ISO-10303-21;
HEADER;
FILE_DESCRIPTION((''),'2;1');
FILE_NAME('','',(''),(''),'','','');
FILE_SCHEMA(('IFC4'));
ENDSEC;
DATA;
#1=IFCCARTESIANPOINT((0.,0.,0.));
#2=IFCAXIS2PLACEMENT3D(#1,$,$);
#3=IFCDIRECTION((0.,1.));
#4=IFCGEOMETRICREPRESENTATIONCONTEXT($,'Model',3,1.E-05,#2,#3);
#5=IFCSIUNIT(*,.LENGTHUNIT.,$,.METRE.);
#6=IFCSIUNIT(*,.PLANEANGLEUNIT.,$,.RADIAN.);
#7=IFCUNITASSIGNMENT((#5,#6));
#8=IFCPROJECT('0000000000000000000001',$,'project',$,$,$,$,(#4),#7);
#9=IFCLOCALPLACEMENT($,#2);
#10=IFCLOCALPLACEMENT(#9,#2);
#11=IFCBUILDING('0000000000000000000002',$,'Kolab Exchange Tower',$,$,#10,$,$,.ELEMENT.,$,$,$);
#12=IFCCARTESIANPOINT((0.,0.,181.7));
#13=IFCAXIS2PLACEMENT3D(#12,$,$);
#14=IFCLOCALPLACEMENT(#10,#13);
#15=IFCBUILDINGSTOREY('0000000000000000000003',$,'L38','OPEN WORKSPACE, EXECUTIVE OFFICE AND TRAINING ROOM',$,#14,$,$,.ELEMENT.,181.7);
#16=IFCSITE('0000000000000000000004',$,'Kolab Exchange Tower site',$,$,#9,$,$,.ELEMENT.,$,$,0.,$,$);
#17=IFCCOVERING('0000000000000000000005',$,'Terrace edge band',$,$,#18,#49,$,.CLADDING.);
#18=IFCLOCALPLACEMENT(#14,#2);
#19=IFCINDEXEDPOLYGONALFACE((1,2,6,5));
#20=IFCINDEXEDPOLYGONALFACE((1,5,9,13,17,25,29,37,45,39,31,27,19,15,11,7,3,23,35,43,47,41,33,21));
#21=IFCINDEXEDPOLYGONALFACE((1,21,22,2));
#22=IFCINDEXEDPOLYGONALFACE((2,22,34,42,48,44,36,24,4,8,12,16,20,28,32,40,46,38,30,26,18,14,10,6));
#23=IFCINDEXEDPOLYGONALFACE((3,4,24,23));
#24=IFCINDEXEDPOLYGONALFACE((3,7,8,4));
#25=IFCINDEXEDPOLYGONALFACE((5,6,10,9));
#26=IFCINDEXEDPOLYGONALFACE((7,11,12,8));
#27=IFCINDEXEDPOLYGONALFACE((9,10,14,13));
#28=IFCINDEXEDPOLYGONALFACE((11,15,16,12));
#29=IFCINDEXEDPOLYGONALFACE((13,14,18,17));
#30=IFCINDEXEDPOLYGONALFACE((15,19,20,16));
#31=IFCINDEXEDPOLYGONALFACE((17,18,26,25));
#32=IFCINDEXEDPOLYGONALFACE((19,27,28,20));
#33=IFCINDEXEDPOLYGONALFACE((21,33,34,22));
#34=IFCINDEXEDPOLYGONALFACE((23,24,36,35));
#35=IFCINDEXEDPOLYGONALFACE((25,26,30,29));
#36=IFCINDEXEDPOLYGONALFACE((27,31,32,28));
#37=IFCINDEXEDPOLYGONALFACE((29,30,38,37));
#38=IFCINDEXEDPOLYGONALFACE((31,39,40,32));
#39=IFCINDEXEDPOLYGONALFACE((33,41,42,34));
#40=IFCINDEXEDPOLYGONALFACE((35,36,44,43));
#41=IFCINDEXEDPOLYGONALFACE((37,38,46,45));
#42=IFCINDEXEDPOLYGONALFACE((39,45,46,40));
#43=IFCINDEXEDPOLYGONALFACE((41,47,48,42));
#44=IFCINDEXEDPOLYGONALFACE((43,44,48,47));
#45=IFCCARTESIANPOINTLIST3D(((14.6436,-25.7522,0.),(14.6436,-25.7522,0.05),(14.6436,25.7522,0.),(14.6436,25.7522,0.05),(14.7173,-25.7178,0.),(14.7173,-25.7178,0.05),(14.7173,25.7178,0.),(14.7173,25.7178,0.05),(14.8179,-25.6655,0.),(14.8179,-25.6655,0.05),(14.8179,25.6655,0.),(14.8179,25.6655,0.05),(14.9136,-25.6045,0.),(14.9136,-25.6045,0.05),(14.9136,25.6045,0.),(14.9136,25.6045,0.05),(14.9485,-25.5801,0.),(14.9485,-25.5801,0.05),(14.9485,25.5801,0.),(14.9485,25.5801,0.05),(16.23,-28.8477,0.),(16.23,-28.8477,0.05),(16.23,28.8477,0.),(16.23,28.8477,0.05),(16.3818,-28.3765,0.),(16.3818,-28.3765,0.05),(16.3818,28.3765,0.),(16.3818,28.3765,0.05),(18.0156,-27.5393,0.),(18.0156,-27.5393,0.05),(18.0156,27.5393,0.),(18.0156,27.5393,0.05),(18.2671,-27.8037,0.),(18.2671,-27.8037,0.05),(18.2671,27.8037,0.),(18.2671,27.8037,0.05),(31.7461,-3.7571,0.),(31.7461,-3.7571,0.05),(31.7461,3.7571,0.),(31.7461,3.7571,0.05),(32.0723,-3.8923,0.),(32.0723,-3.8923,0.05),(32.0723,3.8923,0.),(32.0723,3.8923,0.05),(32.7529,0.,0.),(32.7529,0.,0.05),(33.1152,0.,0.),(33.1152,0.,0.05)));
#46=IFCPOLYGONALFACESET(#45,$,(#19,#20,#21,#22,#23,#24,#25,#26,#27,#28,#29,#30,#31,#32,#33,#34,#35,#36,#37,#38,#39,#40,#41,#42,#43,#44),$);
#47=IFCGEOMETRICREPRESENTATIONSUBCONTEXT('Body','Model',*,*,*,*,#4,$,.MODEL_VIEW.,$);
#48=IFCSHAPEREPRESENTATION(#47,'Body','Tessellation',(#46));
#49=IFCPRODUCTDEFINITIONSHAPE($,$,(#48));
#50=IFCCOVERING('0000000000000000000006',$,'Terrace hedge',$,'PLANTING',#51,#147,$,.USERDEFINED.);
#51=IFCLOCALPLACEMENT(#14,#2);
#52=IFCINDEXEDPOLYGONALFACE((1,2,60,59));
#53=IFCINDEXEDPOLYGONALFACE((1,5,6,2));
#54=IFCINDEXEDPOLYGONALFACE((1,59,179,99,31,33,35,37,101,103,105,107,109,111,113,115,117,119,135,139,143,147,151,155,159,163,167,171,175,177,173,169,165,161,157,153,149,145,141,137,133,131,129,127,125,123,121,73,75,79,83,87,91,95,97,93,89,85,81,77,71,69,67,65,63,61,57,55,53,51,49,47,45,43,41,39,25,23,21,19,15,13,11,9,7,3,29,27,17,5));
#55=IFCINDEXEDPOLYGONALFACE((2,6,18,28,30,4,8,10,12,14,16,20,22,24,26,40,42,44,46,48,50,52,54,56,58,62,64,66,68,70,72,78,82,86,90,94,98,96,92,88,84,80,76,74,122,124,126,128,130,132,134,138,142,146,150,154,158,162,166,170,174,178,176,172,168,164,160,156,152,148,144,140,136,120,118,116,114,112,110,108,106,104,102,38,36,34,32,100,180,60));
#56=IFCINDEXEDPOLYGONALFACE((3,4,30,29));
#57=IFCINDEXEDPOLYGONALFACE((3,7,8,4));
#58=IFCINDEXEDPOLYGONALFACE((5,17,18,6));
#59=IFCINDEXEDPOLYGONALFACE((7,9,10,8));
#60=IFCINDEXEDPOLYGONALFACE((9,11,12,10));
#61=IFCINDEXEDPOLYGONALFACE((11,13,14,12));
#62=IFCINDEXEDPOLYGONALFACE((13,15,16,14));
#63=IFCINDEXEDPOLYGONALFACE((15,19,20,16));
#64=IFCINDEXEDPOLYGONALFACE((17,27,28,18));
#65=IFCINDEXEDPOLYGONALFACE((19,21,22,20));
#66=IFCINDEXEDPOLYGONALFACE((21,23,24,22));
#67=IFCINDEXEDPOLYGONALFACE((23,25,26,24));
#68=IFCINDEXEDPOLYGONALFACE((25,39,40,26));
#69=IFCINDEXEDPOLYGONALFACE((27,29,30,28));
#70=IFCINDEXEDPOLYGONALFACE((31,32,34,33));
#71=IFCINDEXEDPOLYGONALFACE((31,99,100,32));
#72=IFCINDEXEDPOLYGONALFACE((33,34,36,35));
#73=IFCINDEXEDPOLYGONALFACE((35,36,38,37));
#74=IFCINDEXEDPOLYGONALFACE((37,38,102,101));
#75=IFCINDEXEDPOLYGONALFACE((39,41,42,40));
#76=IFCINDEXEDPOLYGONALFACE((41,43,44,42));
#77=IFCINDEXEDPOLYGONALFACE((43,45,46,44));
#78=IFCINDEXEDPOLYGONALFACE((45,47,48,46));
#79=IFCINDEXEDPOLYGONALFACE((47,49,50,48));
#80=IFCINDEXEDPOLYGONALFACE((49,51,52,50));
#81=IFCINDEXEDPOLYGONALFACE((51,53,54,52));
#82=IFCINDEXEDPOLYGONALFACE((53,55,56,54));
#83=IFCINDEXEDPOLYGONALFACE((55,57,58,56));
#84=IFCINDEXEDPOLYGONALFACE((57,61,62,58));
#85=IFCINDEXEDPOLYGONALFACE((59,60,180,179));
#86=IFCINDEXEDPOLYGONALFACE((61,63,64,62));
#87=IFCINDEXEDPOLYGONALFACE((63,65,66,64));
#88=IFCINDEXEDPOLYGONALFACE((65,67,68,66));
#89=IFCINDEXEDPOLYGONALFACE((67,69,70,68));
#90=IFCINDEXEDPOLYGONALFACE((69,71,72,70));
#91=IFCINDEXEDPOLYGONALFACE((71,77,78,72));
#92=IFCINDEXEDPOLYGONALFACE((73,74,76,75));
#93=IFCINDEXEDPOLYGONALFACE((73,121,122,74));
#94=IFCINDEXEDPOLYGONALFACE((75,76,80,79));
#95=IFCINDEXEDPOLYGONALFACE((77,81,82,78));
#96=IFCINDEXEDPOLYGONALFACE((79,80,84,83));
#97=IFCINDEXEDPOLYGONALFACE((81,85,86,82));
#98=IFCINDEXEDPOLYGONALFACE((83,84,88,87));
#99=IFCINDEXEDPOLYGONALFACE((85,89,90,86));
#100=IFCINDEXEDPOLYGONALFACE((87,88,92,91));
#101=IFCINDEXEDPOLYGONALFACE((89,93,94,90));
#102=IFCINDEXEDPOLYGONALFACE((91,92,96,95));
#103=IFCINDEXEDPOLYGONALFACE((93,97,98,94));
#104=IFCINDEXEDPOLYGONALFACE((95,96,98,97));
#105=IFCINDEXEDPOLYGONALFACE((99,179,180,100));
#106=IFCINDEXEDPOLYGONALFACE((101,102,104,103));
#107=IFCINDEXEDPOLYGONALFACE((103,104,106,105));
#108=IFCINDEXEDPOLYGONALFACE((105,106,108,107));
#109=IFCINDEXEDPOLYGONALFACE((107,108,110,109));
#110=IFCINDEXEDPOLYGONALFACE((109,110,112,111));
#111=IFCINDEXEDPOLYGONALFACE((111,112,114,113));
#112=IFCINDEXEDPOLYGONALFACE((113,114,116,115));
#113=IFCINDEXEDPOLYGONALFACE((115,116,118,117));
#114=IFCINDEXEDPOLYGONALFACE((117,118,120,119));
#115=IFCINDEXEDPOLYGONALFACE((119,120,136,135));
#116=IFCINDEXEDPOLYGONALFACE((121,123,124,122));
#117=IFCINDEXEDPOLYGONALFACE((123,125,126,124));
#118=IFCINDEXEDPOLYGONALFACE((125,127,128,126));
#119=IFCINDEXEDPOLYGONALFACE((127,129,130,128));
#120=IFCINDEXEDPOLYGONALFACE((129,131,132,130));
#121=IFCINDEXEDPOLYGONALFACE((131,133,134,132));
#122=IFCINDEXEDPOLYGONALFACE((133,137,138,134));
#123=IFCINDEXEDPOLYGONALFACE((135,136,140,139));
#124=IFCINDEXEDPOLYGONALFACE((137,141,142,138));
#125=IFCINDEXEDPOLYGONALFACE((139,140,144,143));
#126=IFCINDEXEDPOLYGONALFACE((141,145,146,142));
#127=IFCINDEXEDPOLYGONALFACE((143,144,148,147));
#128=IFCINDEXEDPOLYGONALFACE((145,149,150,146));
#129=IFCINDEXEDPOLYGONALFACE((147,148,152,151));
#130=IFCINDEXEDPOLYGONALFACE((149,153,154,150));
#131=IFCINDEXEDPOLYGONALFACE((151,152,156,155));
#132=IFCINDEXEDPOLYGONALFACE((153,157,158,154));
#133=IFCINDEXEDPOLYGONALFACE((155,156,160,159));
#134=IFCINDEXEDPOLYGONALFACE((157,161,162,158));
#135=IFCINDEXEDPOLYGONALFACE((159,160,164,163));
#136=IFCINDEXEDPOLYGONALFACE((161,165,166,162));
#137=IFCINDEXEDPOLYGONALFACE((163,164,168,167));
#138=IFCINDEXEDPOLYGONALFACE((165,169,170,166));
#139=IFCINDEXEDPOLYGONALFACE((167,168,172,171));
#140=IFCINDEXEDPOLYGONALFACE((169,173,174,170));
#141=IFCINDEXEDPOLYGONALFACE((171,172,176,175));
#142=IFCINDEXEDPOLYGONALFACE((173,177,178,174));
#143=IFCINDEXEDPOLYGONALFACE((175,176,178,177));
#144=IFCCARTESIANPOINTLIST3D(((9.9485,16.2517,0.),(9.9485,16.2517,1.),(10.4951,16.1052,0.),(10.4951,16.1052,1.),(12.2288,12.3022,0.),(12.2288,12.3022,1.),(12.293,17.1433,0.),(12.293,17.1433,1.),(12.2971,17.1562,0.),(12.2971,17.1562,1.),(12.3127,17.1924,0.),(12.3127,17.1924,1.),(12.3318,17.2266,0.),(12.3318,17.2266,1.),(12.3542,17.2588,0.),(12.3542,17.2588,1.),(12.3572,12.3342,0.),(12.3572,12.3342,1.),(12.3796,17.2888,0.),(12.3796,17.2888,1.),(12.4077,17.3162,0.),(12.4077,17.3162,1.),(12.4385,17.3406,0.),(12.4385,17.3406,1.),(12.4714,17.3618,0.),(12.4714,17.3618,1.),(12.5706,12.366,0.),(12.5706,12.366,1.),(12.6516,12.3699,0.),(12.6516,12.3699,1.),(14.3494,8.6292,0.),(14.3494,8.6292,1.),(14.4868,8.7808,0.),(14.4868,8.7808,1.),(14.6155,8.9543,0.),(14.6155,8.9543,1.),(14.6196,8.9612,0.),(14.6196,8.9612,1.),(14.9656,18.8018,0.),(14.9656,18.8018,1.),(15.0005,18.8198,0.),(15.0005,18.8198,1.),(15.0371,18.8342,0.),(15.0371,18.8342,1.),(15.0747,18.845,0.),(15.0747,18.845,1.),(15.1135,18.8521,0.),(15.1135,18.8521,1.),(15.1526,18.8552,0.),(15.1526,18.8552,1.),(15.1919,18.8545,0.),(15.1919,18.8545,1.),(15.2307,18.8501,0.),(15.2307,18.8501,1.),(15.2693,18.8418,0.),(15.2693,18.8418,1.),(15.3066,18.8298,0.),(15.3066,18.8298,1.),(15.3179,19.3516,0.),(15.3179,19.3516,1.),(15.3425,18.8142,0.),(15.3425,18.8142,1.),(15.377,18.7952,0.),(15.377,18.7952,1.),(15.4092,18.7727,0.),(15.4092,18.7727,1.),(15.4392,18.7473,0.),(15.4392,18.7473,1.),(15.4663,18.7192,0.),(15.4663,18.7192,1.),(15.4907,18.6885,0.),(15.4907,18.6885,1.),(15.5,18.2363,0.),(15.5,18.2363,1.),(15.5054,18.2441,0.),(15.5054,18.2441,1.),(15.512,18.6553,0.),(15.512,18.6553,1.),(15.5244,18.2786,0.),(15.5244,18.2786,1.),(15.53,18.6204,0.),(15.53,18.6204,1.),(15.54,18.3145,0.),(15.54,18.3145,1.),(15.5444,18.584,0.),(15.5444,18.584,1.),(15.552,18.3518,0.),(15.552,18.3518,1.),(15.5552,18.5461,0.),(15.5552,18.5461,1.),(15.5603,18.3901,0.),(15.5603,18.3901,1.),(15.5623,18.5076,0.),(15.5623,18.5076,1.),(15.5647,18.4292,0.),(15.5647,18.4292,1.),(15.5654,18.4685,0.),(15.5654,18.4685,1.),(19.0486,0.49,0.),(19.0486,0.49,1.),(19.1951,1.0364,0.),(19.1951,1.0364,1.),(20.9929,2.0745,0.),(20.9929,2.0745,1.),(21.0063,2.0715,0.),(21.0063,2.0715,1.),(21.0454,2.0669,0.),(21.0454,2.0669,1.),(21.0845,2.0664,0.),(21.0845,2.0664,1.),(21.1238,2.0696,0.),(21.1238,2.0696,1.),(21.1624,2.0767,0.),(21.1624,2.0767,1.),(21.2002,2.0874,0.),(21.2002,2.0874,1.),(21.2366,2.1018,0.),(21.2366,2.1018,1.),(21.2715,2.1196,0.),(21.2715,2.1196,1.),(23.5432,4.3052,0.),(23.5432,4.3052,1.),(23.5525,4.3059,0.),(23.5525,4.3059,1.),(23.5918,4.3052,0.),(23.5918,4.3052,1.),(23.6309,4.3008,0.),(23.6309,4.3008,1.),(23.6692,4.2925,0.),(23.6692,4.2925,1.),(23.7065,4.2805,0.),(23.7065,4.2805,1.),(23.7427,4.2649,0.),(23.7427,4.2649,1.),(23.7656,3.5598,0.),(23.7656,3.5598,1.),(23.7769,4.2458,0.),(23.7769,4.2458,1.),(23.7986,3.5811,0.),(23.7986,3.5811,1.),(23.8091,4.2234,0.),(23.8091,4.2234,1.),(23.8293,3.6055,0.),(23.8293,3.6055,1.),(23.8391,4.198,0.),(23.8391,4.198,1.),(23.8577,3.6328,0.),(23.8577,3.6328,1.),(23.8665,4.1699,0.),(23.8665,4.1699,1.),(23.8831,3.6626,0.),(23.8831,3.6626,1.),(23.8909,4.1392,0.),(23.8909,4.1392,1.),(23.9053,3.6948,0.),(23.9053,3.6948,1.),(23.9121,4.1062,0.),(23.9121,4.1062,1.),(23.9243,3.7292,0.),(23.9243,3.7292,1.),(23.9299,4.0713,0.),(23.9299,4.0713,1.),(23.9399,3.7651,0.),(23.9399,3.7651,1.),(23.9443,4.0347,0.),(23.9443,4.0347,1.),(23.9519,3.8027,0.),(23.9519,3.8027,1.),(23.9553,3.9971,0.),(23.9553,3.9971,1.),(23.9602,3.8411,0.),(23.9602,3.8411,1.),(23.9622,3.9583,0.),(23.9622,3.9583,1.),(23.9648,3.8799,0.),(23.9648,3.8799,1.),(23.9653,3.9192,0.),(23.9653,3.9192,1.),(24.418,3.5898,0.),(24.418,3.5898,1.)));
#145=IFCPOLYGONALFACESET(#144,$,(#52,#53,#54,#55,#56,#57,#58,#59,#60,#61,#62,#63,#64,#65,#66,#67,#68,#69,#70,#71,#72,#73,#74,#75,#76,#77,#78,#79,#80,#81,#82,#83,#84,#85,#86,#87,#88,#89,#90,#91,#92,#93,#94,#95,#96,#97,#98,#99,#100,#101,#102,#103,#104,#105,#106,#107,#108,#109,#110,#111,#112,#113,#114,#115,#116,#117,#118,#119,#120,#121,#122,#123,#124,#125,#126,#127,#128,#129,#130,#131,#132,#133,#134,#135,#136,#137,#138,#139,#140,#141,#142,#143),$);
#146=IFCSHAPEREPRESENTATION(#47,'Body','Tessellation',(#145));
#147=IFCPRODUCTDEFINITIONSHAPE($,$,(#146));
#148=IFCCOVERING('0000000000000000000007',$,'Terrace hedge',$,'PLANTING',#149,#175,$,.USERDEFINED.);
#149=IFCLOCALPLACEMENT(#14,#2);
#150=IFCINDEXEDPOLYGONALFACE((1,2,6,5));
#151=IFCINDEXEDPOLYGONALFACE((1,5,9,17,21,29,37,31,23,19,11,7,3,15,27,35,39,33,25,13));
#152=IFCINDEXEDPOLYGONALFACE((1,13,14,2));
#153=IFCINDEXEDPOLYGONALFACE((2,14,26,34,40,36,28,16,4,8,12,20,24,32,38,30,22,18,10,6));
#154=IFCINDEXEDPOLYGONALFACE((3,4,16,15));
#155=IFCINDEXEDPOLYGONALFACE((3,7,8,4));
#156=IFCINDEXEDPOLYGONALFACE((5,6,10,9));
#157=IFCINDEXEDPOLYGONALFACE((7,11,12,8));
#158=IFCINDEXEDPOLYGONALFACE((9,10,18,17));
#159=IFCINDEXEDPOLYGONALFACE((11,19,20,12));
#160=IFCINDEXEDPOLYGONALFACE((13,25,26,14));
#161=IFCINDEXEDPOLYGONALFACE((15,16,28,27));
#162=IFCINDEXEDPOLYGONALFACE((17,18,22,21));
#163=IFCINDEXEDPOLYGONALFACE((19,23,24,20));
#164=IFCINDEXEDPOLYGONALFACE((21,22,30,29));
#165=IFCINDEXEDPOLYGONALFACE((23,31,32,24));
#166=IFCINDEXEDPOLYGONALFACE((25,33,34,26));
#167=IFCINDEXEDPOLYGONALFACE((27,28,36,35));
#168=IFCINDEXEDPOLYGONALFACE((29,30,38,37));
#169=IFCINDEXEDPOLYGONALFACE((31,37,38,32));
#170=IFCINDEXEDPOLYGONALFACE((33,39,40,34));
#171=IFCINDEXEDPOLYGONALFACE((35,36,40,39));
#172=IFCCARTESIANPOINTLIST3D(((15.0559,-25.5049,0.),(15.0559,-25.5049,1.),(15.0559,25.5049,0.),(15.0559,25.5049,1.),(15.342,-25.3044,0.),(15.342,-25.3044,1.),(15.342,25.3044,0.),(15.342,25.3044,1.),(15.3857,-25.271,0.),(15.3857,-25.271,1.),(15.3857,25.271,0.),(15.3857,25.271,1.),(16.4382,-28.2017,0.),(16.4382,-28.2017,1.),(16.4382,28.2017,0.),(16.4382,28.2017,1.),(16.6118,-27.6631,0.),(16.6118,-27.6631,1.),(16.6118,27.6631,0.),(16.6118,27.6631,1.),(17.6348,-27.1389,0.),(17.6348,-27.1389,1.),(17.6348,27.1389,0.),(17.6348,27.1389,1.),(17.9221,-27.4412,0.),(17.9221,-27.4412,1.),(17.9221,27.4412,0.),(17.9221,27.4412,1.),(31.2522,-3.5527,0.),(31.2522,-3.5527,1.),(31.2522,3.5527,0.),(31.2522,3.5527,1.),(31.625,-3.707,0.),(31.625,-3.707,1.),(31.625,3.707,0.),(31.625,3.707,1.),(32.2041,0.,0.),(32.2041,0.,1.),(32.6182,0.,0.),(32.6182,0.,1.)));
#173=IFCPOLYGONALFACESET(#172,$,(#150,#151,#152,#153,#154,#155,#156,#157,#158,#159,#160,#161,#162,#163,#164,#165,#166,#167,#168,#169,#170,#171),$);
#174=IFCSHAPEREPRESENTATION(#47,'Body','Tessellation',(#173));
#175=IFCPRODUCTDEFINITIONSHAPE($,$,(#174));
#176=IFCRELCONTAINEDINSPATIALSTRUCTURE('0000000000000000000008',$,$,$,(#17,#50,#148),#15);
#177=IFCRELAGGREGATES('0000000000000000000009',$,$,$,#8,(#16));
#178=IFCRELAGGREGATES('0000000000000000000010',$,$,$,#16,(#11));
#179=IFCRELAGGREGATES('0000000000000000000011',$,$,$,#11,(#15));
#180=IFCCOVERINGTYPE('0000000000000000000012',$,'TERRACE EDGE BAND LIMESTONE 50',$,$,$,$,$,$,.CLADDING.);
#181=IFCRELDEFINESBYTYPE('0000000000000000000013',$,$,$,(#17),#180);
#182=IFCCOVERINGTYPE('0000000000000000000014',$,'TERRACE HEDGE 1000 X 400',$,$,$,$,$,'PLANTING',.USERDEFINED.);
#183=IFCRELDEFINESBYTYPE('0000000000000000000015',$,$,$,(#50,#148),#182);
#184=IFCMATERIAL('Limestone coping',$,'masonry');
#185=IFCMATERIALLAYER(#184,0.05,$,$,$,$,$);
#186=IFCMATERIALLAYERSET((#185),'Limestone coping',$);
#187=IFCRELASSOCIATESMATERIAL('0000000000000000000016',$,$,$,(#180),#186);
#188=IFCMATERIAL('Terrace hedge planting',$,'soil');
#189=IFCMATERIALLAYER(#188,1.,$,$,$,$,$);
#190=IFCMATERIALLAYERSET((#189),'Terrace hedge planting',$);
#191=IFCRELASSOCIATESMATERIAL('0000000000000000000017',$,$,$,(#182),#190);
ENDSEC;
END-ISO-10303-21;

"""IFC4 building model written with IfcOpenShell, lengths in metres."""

from ifc_helpers import new_model, si_unit, direction, frame, origin, place, context, subcontext, project, spatial, polyline, outline, extrude, material, layer, layer_set, type_object, element, save


model = new_model("IFC4")

# Units and contexts
model_context = context("Model", 3, precision=1e-05, world=origin(), true_north=direction((0.0, 1.0)))
body_context = subcontext(model_context, "Body", "Model", "MODEL_VIEW")
ifc_project = project(units=[si_unit("LENGTHUNIT", "METRE"), si_unit("PLANEANGLEUNIT", "RADIAN")], contexts=[model_context])

# Site, building, storey
site_placement = place(None, origin())
site = spatial("IfcSite", under=ifc_project, at=site_placement, Name="Kolab Exchange Tower site", CompositionType="ELEMENT", RefElevation=0.0)
building_placement = place(site_placement, origin())
building = spatial("IfcBuilding", under=site, at=building_placement, Name="Kolab Exchange Tower", CompositionType="ELEMENT")
storey_placement = place(building_placement, frame((0.0, 0.0, 181.7)))
storey = spatial("IfcBuildingStorey", under=building, at=storey_placement, Name="L38", Description="OPEN WORKSPACE, EXECUTIVE OFFICE AND TRAINING ROOM", CompositionType="ELEMENT", Elevation=181.7)

# Coverings
ifc_material_1 = material(Name="Limestone coping", Category="masonry")
ifc_layer_1 = layer(ifc_material_1, 0.05)
ifc_layer_set_1 = layer_set([ifc_layer_1], Name="Limestone coping")
covering_type_1 = type_object("IfcCoveringType", Name="TERRACE EDGE BAND LIMESTONE 50", PredefinedType="CLADDING", material=ifc_layer_set_1)
covering_1_placement = place(storey_placement, origin())
element("IfcCovering", 1, at=covering_1_placement, inside=storey, type_object=covering_type_1, Name="Terrace edge band", PredefinedType="CLADDING", context=body_context, shape_type="SweptSolid", body=[
    extrude(outline(polyline([(18.2671, 27.8037), (32.0723, 3.8923), (33.1152, 0.0), (32.0723, -3.8923), (18.2671, -27.8037), (16.23, -28.8477), (14.6436, -25.7522), (14.7173, -25.7178), (14.8179, -25.6655), (14.9136, -25.6045), (14.9485, -25.5801), (16.3818, -28.3765), (18.0156, -27.5393), (31.7461, -3.7571), (32.7529, 0.0), (31.7461, 3.7571), (18.0156, 27.5393), (16.3818, 28.3765), (14.9485, 25.5801), (14.9136, 25.6045), (14.8179, 25.6655), (14.7173, 25.7178), (14.6436, 25.7522), (16.23, 28.8477), (18.2671, 27.8037)])), origin(), (0.0, 0.0, 1.0), 0.05),
])
ifc_material_2 = material(Name="Terrace hedge planting", Category="soil")
ifc_layer_2 = layer(ifc_material_2, 1.0)
ifc_layer_set_2 = layer_set([ifc_layer_2], Name="Terrace hedge planting")
covering_type_2 = type_object("IfcCoveringType", Name="TERRACE HEDGE 1000 X 400", ElementType="PLANTING", PredefinedType="USERDEFINED", material=ifc_layer_set_2)
covering_2_placement = place(storey_placement, origin())
element("IfcCovering", 2, at=covering_2_placement, inside=storey, type_object=covering_type_2, Name="Terrace hedge", ObjectType="PLANTING", PredefinedType="USERDEFINED", context=body_context, shape_type="SweptSolid", body=[
    extrude(outline(polyline([(24.418, 3.5898), (19.0486, 0.49), (14.3494, 8.6292), (14.4868, 8.7808), (14.6155, 8.9543), (14.6196, 8.9612), (19.1951, 1.0364), (20.9929, 2.0745), (21.0063, 2.0715), (21.0454, 2.0669), (21.0845, 2.0664), (21.1238, 2.0696), (21.1624, 2.0767), (21.2002, 2.0874), (21.2366, 2.1018), (21.2715, 2.1196), (23.7656, 3.5598), (23.7986, 3.5811), (23.8293, 3.6055), (23.8577, 3.6328), (23.8831, 3.6626), (23.9053, 3.6948), (23.9243, 3.7292), (23.9399, 3.7651), (23.9519, 3.8027), (23.9602, 3.8411), (23.9648, 3.8799), (23.9653, 3.9192), (23.9622, 3.9583), (23.9553, 3.9971), (23.9443, 4.0347), (23.9299, 4.0713), (23.9121, 4.1062), (23.8909, 4.1392), (23.8665, 4.1699), (23.8391, 4.198), (23.8091, 4.2234), (23.7769, 4.2458), (23.7427, 4.2649), (23.7065, 4.2805), (23.6692, 4.2925), (23.6309, 4.3008), (23.5918, 4.3052), (23.5525, 4.3059), (23.5432, 4.3052), (15.5, 18.2363), (15.5054, 18.2441), (15.5244, 18.2786), (15.54, 18.3145), (15.552, 18.3518), (15.5603, 18.3901), (15.5647, 18.4292), (15.5654, 18.4685), (15.5623, 18.5076), (15.5552, 18.5461), (15.5444, 18.584), (15.53, 18.6204), (15.512, 18.6553), (15.4907, 18.6885), (15.4663, 18.7192), (15.4392, 18.7473), (15.4092, 18.7727), (15.377, 18.7952), (15.3425, 18.8142), (15.3066, 18.8298), (15.2693, 18.8418), (15.2307, 18.8501), (15.1919, 18.8545), (15.1526, 18.8552), (15.1135, 18.8521), (15.0747, 18.845), (15.0371, 18.8342), (15.0005, 18.8198), (14.9656, 18.8018), (12.4714, 17.3618), (12.4385, 17.3406), (12.4077, 17.3162), (12.3796, 17.2888), (12.3542, 17.2588), (12.3318, 17.2266), (12.3127, 17.1924), (12.2971, 17.1562), (12.293, 17.1433), (10.4951, 16.1052), (12.6516, 12.3699), (12.5706, 12.366), (12.3572, 12.3342), (12.2288, 12.3022), (9.9485, 16.2517), (15.3179, 19.3516), (24.418, 3.5898)])), origin(), (0.0, 0.0, 1.0), 1.0),
])
covering_3_placement = place(storey_placement, origin())
element("IfcCovering", 3, at=covering_3_placement, inside=storey, type_object=covering_type_2, Name="Terrace hedge", ObjectType="PLANTING", PredefinedType="USERDEFINED", context=body_context, shape_type="SweptSolid", body=[
    extrude(outline(polyline([(17.9221, 27.4412), (31.625, 3.707), (32.6182, 0.0), (31.625, -3.707), (17.9221, -27.4412), (16.4382, -28.2017), (15.0559, -25.5049), (15.342, -25.3044), (15.3857, -25.271), (16.6118, -27.6631), (17.6348, -27.1389), (31.2522, -3.5527), (32.2041, 0.0), (31.2522, 3.5527), (17.6348, 27.1389), (16.6118, 27.6631), (15.3857, 25.271), (15.342, 25.3044), (15.0559, 25.5049), (16.4382, 28.2017), (17.9221, 27.4412)])), origin(), (0.0, 0.0, 1.0), 1.0),
])

save(model, "model.ifc")
